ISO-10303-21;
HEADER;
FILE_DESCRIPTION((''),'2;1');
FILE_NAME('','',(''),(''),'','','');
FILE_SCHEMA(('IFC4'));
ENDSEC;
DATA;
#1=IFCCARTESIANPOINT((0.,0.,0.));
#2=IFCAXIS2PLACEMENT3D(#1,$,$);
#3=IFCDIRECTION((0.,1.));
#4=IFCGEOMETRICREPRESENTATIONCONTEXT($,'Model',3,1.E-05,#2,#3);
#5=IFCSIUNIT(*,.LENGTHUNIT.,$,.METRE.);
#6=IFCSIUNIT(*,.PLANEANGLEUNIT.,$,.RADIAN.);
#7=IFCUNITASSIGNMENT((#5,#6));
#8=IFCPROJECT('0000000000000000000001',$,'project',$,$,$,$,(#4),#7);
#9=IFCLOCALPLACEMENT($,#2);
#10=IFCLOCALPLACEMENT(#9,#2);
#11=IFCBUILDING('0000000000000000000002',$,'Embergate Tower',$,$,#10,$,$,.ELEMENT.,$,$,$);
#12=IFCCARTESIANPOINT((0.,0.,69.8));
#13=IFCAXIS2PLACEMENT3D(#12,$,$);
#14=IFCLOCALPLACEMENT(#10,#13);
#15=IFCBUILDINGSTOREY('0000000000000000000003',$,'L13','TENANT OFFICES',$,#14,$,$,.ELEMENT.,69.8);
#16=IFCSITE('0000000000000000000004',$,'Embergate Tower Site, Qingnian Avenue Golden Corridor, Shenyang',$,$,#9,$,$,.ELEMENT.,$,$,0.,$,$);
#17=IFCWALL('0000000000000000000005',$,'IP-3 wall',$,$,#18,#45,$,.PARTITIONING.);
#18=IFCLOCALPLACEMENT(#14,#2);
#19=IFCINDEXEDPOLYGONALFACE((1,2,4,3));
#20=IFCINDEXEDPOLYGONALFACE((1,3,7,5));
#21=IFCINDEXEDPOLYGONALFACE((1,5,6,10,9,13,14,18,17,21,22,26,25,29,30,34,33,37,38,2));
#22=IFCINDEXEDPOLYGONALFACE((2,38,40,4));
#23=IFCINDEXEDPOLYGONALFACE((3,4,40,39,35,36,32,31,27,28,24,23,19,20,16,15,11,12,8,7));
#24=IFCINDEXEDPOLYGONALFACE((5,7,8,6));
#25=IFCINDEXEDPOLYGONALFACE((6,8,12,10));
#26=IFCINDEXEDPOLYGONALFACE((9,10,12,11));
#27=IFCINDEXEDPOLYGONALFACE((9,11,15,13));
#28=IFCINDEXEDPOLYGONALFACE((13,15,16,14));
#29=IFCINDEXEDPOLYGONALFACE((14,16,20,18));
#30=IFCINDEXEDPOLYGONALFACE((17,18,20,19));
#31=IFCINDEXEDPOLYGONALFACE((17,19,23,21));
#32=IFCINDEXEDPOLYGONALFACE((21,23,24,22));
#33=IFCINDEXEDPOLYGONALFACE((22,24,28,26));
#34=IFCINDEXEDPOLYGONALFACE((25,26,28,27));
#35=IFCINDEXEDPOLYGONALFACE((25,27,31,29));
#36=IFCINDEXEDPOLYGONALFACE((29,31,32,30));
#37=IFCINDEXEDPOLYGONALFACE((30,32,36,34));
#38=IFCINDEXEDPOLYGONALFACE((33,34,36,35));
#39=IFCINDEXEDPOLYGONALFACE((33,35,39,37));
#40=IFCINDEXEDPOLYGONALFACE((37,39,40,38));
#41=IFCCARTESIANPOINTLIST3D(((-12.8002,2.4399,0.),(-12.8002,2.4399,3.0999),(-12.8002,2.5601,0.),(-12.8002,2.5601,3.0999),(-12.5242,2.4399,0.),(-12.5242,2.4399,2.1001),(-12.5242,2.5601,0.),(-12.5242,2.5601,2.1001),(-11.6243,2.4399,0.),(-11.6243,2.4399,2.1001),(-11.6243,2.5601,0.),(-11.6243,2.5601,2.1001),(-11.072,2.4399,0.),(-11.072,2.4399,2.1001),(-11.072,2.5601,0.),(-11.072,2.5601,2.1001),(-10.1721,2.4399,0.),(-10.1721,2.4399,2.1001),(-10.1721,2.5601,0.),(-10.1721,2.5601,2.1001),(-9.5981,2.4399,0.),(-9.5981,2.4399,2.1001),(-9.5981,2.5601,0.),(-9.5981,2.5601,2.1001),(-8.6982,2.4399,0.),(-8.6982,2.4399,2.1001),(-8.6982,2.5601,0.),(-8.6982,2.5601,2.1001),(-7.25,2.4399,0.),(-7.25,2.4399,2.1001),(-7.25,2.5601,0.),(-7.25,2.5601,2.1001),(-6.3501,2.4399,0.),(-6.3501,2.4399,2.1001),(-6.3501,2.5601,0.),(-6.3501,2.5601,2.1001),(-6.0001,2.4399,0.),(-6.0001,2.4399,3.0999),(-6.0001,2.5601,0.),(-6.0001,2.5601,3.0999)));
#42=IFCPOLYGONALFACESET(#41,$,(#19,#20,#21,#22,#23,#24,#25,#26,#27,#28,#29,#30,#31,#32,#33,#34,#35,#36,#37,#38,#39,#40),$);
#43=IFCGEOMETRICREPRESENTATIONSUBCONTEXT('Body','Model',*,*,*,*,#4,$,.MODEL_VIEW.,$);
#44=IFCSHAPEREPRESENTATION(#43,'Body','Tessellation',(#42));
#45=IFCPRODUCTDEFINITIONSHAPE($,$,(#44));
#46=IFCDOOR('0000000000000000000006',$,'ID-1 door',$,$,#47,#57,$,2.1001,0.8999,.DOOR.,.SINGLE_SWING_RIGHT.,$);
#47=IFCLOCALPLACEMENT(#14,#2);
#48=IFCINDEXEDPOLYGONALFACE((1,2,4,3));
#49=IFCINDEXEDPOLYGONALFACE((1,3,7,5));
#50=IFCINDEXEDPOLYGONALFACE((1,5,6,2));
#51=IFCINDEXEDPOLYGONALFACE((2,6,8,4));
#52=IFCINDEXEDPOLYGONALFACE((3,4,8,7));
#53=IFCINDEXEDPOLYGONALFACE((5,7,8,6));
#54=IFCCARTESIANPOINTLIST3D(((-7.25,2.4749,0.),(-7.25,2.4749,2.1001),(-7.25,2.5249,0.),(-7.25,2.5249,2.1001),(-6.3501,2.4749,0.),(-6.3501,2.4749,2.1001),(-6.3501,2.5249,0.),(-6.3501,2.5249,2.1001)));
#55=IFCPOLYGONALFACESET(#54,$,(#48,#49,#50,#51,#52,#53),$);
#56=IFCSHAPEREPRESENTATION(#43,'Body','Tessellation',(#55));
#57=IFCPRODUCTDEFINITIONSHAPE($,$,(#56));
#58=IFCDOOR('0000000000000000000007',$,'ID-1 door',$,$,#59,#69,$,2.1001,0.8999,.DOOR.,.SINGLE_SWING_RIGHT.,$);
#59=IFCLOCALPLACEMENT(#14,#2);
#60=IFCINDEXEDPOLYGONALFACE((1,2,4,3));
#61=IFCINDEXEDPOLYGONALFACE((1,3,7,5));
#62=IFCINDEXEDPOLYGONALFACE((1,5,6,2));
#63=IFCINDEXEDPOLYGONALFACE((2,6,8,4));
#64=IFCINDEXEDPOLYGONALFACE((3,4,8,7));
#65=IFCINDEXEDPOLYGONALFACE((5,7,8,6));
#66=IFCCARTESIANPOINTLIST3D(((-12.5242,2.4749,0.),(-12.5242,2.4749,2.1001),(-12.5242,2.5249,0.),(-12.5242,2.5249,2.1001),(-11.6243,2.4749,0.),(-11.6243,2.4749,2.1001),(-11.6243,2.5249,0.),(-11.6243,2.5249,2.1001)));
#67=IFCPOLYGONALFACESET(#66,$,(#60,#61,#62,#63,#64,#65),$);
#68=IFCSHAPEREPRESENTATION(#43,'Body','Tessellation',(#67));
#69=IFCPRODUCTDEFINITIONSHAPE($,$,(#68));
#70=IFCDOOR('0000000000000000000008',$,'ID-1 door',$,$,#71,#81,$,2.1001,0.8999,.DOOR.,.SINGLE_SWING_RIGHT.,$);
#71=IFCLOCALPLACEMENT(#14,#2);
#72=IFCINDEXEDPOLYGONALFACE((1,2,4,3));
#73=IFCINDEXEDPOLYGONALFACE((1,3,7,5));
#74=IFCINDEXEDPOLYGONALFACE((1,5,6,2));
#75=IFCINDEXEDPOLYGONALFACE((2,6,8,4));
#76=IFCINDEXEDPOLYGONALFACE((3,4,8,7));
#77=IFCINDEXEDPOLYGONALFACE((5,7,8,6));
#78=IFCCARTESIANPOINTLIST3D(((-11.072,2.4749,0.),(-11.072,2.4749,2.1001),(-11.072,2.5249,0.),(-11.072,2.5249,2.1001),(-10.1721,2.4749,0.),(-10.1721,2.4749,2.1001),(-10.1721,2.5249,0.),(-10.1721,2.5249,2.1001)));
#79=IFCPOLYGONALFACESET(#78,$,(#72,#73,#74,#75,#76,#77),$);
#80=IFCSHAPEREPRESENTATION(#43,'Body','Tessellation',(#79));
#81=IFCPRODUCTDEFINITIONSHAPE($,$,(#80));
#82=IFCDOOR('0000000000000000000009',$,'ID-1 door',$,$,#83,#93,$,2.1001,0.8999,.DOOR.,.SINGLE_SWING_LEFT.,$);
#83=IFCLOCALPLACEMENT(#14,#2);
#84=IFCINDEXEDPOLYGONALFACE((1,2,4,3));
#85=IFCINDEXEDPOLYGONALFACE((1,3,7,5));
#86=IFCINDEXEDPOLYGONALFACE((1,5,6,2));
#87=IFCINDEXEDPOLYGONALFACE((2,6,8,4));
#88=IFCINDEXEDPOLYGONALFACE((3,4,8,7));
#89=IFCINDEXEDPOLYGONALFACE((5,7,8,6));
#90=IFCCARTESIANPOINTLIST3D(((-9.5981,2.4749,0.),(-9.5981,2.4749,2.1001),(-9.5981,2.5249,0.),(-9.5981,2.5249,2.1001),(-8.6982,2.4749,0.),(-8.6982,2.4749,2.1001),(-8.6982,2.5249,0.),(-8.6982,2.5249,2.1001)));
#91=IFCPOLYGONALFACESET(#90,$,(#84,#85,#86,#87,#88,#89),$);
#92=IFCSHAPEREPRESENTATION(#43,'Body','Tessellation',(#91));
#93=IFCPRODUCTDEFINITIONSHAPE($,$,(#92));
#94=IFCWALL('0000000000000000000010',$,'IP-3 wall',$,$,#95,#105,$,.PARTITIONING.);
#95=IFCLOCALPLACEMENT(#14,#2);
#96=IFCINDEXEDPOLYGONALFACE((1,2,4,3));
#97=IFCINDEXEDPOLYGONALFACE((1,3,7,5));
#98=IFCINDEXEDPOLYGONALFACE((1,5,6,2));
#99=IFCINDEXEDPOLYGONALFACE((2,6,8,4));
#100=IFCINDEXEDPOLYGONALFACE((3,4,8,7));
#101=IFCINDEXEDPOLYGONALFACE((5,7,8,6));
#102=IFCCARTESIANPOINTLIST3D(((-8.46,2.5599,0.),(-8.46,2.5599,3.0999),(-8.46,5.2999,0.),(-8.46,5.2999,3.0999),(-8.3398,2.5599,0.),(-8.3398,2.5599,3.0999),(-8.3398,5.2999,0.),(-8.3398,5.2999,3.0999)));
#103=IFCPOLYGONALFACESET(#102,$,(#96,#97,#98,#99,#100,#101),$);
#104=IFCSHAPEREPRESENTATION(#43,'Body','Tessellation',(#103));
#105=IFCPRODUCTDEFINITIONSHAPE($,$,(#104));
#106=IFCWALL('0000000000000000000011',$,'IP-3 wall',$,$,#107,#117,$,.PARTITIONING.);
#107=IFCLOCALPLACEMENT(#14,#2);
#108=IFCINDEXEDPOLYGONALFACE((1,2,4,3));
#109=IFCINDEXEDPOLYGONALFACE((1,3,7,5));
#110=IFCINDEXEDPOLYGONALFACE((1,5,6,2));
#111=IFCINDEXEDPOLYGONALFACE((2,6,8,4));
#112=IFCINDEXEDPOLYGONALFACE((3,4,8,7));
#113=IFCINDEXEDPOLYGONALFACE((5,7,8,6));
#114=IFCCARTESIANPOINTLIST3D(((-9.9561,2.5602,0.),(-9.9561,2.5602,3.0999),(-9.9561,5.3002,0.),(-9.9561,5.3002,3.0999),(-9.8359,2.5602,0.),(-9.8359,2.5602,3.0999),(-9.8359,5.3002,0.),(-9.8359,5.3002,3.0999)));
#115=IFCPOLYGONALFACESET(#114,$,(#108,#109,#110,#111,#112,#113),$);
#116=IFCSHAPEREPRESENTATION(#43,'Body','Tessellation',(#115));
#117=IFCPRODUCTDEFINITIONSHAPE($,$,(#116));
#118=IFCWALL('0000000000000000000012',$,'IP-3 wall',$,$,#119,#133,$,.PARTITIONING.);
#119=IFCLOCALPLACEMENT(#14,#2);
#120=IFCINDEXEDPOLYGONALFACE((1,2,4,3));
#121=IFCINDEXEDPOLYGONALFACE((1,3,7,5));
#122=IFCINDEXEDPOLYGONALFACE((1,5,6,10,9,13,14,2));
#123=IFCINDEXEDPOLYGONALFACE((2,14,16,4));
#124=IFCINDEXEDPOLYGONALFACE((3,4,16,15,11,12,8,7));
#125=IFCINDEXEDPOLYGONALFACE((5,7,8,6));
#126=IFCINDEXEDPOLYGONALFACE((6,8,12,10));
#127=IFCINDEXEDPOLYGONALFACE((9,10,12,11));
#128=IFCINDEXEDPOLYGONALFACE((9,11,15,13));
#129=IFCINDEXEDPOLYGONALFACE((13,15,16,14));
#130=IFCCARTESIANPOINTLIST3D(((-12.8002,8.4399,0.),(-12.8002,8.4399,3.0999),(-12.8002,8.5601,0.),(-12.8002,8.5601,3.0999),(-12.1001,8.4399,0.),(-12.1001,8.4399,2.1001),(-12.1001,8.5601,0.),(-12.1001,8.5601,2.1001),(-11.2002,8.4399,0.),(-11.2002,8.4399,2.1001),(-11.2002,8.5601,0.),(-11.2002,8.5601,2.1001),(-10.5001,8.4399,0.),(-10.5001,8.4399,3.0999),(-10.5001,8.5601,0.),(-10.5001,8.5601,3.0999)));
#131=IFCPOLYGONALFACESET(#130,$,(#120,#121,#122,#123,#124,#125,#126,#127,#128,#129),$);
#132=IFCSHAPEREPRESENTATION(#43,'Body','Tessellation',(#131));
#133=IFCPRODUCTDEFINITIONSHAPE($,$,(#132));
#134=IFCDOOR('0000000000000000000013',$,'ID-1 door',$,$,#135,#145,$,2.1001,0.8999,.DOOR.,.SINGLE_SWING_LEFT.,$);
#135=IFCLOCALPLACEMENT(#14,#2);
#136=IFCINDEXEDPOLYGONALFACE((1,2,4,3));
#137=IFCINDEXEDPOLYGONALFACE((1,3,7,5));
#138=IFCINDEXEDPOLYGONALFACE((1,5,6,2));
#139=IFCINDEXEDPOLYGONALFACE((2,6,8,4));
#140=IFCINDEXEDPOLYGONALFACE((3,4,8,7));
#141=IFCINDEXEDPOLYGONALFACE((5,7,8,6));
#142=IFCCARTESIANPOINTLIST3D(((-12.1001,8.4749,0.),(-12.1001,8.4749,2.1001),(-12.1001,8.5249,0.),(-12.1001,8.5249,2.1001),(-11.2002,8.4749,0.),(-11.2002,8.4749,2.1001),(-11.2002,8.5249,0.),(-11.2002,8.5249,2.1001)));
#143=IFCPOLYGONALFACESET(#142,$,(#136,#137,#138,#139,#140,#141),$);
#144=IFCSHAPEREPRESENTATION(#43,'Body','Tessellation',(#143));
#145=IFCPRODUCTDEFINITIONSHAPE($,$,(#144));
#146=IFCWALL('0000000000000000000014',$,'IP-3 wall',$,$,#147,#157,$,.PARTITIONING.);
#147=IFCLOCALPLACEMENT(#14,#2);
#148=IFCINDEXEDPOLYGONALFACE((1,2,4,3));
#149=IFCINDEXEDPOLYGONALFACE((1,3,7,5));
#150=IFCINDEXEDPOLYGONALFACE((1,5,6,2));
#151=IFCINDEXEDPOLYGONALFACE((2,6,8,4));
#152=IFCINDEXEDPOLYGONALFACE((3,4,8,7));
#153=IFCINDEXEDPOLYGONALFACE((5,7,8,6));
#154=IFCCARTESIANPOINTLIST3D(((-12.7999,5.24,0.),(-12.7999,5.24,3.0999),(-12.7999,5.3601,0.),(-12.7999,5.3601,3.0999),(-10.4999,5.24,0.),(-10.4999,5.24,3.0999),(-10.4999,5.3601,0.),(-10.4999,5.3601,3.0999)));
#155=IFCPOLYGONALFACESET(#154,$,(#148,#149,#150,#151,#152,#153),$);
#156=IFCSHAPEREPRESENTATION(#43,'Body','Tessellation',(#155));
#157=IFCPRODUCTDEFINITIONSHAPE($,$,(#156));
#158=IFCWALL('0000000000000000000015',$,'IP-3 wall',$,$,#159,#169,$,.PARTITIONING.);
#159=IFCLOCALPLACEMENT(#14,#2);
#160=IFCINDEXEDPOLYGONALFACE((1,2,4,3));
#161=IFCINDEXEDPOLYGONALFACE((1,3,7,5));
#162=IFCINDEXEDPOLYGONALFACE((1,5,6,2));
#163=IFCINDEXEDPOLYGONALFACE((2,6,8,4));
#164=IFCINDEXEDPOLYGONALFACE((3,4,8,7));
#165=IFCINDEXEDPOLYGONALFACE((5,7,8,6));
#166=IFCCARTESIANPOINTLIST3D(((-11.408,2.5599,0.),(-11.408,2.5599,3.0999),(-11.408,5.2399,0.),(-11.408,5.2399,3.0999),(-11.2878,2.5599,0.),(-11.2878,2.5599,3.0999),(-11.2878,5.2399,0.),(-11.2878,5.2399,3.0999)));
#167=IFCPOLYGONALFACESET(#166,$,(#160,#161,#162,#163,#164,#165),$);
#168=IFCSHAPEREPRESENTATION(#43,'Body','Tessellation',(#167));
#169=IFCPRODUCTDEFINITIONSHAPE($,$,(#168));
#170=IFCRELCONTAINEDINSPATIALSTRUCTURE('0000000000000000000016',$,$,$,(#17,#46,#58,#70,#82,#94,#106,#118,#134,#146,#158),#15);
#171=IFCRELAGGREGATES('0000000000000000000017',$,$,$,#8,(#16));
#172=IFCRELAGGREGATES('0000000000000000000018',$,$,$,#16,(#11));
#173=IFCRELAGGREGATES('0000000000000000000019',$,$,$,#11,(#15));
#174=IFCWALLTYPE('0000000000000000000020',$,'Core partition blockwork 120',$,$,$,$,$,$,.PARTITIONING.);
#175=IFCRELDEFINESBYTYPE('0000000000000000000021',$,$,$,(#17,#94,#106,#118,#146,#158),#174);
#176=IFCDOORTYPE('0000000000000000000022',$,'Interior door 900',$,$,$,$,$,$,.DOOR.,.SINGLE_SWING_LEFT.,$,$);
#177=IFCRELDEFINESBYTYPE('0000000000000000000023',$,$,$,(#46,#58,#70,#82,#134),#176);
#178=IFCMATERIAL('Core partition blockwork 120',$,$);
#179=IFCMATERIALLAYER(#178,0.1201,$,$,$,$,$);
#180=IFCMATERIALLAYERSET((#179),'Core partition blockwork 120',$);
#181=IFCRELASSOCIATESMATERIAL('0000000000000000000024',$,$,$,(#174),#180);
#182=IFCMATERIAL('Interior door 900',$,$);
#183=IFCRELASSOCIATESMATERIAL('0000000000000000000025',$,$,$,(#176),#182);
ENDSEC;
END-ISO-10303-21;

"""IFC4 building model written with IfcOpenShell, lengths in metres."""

from ifc_helpers import new_model, si_unit, direction, frame, frame_2d, origin, place, context, subcontext, project, spatial, rectangle, extrude, source, transform, mapped, material, layer, layer_set, type_object, element, fill, save


model = new_model("IFC4")

# Units and contexts
model_context = context("Model", 3, precision=1e-05, world=origin(), true_north=direction((0.0, 1.0)))
body_context = subcontext(model_context, "Body", "Model", "MODEL_VIEW")
ifc_project = project(units=[si_unit("LENGTHUNIT", "METRE"), si_unit("PLANEANGLEUNIT", "RADIAN")], contexts=[model_context])

# Site, building, storey
site_placement = place(None, origin())
site = spatial("IfcSite", under=ifc_project, at=site_placement, Name="Embergate Tower Site, Qingnian Avenue Golden Corridor, Shenyang", CompositionType="ELEMENT", RefElevation=0.0)
building_placement = place(site_placement, origin())
building = spatial("IfcBuilding", under=site, at=building_placement, Name="Embergate Tower", CompositionType="ELEMENT")
storey_placement = place(building_placement, frame((0.0, 0.0, 69.8)))
storey = spatial("IfcBuildingStorey", under=building, at=storey_placement, Name="L13", Description="TENANT OFFICES", CompositionType="ELEMENT", Elevation=69.8)

# Wall, openings, doors
ifc_material_1 = material(Name="Core partition blockwork 120")
ifc_layer_1 = layer(ifc_material_1, 0.1201)
ifc_layer_set_1 = layer_set([ifc_layer_1], Name="Core partition blockwork 120")
wall_type_1 = type_object("IfcWallType", Name="Core partition blockwork 120", PredefinedType="PARTITIONING", material=ifc_layer_set_1)
shared_shape_1 = source(origin(), body_context, "Body", "SweptSolid", [
    extrude(rectangle(XDim=6.8, YDim=0.1201, at=frame_2d((3.3999, 0.0))), origin(), (0.0, 0.0, 1.0), 3.0999),
])
wall_1_placement = place(storey_placement, frame((-12.8, 2.5, 0.0), z_axis=(0.0, 0.0, 1.0), x_axis=(1.0, 0.0, 0.0)))
wall_1 = element("IfcWall", 1, at=wall_1_placement, inside=storey, type_object=wall_type_1, Name="IP-3 wall", PredefinedType="PARTITIONING", context=body_context, shape_type="MappedRepresentation", body=[
    mapped(shared_shape_1, transform((0.0, 0.0, 0.0))),
])
shared_shape_2 = source(origin(), body_context, "Body", "SweptSolid", [
    extrude(rectangle(XDim=0.8999, YDim=2.1001, at=frame_2d((0.45, 1.05))), frame((0.0, 0.0701, 0.0), z_axis=(0.0, -1.0, 0.0), x_axis=(1.0, 0.0, 0.0)), (0.0, 0.0, 1.0), 0.1401),
])
opening_1_placement = place(wall_1_placement, frame((5.55, 0.0, 0.0)))
opening_1 = element("IfcOpeningElement", 2, at=opening_1_placement, cuts=wall_1, PredefinedType="OPENING", context=body_context, shape_type="MappedRepresentation", body=[
    mapped(shared_shape_2, transform((0.0, 0.0, 0.0))),
])
opening_2_placement = place(wall_1_placement, frame((0.2759, 0.0, 0.0)))
opening_2 = element("IfcOpeningElement", 3, at=opening_2_placement, cuts=wall_1, PredefinedType="OPENING", context=body_context, shape_type="MappedRepresentation", body=[
    mapped(shared_shape_2, transform((0.0, 0.0, 0.0))),
])
opening_3_placement = place(wall_1_placement, frame((1.728, 0.0, 0.0)))
opening_3 = element("IfcOpeningElement", 4, at=opening_3_placement, cuts=wall_1, PredefinedType="OPENING", context=body_context, shape_type="MappedRepresentation", body=[
    mapped(shared_shape_2, transform((0.0, 0.0, 0.0))),
])
opening_4_placement = place(wall_1_placement, frame((3.2019, 0.0, 0.0)))
opening_4 = element("IfcOpeningElement", 5, at=opening_4_placement, cuts=wall_1, PredefinedType="OPENING", context=body_context, shape_type="MappedRepresentation", body=[
    mapped(shared_shape_2, transform((0.0, 0.0, 0.0))),
])
ifc_material_2 = material(Name="Interior door 900")
door_type_1 = type_object("IfcDoorType", Name="Interior door 900", OperationType="SINGLE_SWING_LEFT", PredefinedType="DOOR", material=ifc_material_2)
shared_shape_3 = source(origin(), body_context, "Body", "SweptSolid", [
    extrude(rectangle(XDim=0.8999, YDim=2.1001, at=frame_2d((0.45, 1.05))), frame((0.0, 0.0249, 0.0), z_axis=(0.0, -1.0, 0.0), x_axis=(1.0, 0.0, 0.0)), (0.0, 0.0, 1.0), 0.05),
])
door_1_placement = place(opening_1_placement, origin())
door_1 = element("IfcDoor", 6, at=door_1_placement, inside=storey, type_object=door_type_1, Name="ID-1 door", OperationType="SINGLE_SWING_RIGHT", OverallHeight=2.1001, OverallWidth=0.8999, PredefinedType="DOOR", context=body_context, shape_type="MappedRepresentation", body=[
    mapped(shared_shape_3, transform((0.0, 0.0, 0.0))),
])
fill(opening_1, door_1)
door_2_placement = place(opening_2_placement, origin())
door_2 = element("IfcDoor", 7, at=door_2_placement, inside=storey, type_object=door_type_1, Name="ID-1 door", OperationType="SINGLE_SWING_RIGHT", OverallHeight=2.1001, OverallWidth=0.8999, PredefinedType="DOOR", context=body_context, shape_type="MappedRepresentation", body=[
    mapped(shared_shape_3, transform((0.0, 0.0, 0.0))),
])
fill(opening_2, door_2)
door_3_placement = place(opening_3_placement, origin())
door_3 = element("IfcDoor", 8, at=door_3_placement, inside=storey, type_object=door_type_1, Name="ID-1 door", OperationType="SINGLE_SWING_RIGHT", OverallHeight=2.1001, OverallWidth=0.8999, PredefinedType="DOOR", context=body_context, shape_type="MappedRepresentation", body=[
    mapped(shared_shape_3, transform((0.0, 0.0, 0.0))),
])
fill(opening_3, door_3)
door_4_placement = place(opening_4_placement, origin())
door_4 = element("IfcDoor", 9, at=door_4_placement, inside=storey, type_object=door_type_1, Name="ID-1 door", OperationType="SINGLE_SWING_LEFT", OverallHeight=2.1001, OverallWidth=0.8999, PredefinedType="DOOR", context=body_context, shape_type="MappedRepresentation", body=[
    mapped(shared_shape_3, transform((0.0, 0.0, 0.0))),
])
fill(opening_4, door_4)

# Walls
shared_shape_4 = source(origin(), body_context, "Body", "SweptSolid", [
    extrude(rectangle(XDim=2.74, YDim=0.1201, at=frame_2d((1.3701, 0.0))), origin(), (0.0, 0.0, 1.0), 3.0999),
])
for number, where, z_axis, x_axis, name in (
    (10, (-8.3999, 5.3, 0.0), (0.0, 0.0, 1.0), (0.0, -1.0, 0.0), "IP-3 wall"),
    (11, (-9.896, 2.5601, 0.0), (0.0, 0.0, 1.0), (0.0, 1.0, 0.0), "IP-3 wall"),
):
    element("IfcWall", number, at=place(storey_placement, frame(where, z_axis=z_axis, x_axis=x_axis)), inside=storey, type_object=wall_type_1, Name=name, PredefinedType="PARTITIONING", context=body_context, shape_type="MappedRepresentation", body=[
        mapped(shared_shape_4, transform((0.0, 0.0, 0.0))),
    ])

# Wall, opening, door
shared_shape_5 = source(origin(), body_context, "Body", "SweptSolid", [
    extrude(rectangle(XDim=2.3, YDim=0.1201, at=frame_2d((1.1499, 0.0))), origin(), (0.0, 0.0, 1.0), 3.0999),
])
wall_2_placement = place(storey_placement, frame((-12.8, 8.5, 0.0), z_axis=(0.0, 0.0, 1.0), x_axis=(1.0, 0.0, 0.0)))
wall_2 = element("IfcWall", 12, at=wall_2_placement, inside=storey, type_object=wall_type_1, Name="IP-3 wall", PredefinedType="PARTITIONING", context=body_context, shape_type="MappedRepresentation", body=[
    mapped(shared_shape_5, transform((0.0, 0.0, 0.0))),
])
opening_5_placement = place(wall_2_placement, frame((0.7, 0.0, 0.0)))
opening_5 = element("IfcOpeningElement", 13, at=opening_5_placement, cuts=wall_2, PredefinedType="OPENING", context=body_context, shape_type="MappedRepresentation", body=[
    mapped(shared_shape_2, transform((0.0, 0.0, 0.0))),
])
door_5_placement = place(opening_5_placement, origin())
door_5 = element("IfcDoor", 14, at=door_5_placement, inside=storey, type_object=door_type_1, Name="ID-1 door", OperationType="SINGLE_SWING_LEFT", OverallHeight=2.1001, OverallWidth=0.8999, PredefinedType="DOOR", context=body_context, shape_type="MappedRepresentation", body=[
    mapped(shared_shape_3, transform((0.0, 0.0, 0.0))),
])
fill(opening_5, door_5)

# Walls
wall_3_placement = place(storey_placement, frame((-10.5, 5.3, 0.0), z_axis=(0.0, 0.0, 1.0), x_axis=(-1.0, 0.0, 0.0)))
element("IfcWall", 15, at=wall_3_placement, inside=storey, type_object=wall_type_1, Name="IP-3 wall", PredefinedType="PARTITIONING", context=body_context, shape_type="MappedRepresentation", body=[
    mapped(shared_shape_5, transform((0.0, 0.0, 0.0))),
])
shared_shape_6 = source(origin(), body_context, "Body", "SweptSolid", [
    extrude(rectangle(XDim=2.6799, YDim=0.1201, at=frame_2d((1.3398, 0.0))), origin(), (0.0, 0.0, 1.0), 3.0999),
])
wall_4_placement = place(storey_placement, frame((-11.3479, 2.5601, 0.0), z_axis=(0.0, 0.0, 1.0), x_axis=(0.0, 1.0, 0.0)))
element("IfcWall", 16, at=wall_4_placement, inside=storey, type_object=wall_type_1, Name="IP-3 wall", PredefinedType="PARTITIONING", context=body_context, shape_type="MappedRepresentation", body=[
    mapped(shared_shape_6, transform((0.0, 0.0, 0.0))),
])

save(model, "model.ifc")
